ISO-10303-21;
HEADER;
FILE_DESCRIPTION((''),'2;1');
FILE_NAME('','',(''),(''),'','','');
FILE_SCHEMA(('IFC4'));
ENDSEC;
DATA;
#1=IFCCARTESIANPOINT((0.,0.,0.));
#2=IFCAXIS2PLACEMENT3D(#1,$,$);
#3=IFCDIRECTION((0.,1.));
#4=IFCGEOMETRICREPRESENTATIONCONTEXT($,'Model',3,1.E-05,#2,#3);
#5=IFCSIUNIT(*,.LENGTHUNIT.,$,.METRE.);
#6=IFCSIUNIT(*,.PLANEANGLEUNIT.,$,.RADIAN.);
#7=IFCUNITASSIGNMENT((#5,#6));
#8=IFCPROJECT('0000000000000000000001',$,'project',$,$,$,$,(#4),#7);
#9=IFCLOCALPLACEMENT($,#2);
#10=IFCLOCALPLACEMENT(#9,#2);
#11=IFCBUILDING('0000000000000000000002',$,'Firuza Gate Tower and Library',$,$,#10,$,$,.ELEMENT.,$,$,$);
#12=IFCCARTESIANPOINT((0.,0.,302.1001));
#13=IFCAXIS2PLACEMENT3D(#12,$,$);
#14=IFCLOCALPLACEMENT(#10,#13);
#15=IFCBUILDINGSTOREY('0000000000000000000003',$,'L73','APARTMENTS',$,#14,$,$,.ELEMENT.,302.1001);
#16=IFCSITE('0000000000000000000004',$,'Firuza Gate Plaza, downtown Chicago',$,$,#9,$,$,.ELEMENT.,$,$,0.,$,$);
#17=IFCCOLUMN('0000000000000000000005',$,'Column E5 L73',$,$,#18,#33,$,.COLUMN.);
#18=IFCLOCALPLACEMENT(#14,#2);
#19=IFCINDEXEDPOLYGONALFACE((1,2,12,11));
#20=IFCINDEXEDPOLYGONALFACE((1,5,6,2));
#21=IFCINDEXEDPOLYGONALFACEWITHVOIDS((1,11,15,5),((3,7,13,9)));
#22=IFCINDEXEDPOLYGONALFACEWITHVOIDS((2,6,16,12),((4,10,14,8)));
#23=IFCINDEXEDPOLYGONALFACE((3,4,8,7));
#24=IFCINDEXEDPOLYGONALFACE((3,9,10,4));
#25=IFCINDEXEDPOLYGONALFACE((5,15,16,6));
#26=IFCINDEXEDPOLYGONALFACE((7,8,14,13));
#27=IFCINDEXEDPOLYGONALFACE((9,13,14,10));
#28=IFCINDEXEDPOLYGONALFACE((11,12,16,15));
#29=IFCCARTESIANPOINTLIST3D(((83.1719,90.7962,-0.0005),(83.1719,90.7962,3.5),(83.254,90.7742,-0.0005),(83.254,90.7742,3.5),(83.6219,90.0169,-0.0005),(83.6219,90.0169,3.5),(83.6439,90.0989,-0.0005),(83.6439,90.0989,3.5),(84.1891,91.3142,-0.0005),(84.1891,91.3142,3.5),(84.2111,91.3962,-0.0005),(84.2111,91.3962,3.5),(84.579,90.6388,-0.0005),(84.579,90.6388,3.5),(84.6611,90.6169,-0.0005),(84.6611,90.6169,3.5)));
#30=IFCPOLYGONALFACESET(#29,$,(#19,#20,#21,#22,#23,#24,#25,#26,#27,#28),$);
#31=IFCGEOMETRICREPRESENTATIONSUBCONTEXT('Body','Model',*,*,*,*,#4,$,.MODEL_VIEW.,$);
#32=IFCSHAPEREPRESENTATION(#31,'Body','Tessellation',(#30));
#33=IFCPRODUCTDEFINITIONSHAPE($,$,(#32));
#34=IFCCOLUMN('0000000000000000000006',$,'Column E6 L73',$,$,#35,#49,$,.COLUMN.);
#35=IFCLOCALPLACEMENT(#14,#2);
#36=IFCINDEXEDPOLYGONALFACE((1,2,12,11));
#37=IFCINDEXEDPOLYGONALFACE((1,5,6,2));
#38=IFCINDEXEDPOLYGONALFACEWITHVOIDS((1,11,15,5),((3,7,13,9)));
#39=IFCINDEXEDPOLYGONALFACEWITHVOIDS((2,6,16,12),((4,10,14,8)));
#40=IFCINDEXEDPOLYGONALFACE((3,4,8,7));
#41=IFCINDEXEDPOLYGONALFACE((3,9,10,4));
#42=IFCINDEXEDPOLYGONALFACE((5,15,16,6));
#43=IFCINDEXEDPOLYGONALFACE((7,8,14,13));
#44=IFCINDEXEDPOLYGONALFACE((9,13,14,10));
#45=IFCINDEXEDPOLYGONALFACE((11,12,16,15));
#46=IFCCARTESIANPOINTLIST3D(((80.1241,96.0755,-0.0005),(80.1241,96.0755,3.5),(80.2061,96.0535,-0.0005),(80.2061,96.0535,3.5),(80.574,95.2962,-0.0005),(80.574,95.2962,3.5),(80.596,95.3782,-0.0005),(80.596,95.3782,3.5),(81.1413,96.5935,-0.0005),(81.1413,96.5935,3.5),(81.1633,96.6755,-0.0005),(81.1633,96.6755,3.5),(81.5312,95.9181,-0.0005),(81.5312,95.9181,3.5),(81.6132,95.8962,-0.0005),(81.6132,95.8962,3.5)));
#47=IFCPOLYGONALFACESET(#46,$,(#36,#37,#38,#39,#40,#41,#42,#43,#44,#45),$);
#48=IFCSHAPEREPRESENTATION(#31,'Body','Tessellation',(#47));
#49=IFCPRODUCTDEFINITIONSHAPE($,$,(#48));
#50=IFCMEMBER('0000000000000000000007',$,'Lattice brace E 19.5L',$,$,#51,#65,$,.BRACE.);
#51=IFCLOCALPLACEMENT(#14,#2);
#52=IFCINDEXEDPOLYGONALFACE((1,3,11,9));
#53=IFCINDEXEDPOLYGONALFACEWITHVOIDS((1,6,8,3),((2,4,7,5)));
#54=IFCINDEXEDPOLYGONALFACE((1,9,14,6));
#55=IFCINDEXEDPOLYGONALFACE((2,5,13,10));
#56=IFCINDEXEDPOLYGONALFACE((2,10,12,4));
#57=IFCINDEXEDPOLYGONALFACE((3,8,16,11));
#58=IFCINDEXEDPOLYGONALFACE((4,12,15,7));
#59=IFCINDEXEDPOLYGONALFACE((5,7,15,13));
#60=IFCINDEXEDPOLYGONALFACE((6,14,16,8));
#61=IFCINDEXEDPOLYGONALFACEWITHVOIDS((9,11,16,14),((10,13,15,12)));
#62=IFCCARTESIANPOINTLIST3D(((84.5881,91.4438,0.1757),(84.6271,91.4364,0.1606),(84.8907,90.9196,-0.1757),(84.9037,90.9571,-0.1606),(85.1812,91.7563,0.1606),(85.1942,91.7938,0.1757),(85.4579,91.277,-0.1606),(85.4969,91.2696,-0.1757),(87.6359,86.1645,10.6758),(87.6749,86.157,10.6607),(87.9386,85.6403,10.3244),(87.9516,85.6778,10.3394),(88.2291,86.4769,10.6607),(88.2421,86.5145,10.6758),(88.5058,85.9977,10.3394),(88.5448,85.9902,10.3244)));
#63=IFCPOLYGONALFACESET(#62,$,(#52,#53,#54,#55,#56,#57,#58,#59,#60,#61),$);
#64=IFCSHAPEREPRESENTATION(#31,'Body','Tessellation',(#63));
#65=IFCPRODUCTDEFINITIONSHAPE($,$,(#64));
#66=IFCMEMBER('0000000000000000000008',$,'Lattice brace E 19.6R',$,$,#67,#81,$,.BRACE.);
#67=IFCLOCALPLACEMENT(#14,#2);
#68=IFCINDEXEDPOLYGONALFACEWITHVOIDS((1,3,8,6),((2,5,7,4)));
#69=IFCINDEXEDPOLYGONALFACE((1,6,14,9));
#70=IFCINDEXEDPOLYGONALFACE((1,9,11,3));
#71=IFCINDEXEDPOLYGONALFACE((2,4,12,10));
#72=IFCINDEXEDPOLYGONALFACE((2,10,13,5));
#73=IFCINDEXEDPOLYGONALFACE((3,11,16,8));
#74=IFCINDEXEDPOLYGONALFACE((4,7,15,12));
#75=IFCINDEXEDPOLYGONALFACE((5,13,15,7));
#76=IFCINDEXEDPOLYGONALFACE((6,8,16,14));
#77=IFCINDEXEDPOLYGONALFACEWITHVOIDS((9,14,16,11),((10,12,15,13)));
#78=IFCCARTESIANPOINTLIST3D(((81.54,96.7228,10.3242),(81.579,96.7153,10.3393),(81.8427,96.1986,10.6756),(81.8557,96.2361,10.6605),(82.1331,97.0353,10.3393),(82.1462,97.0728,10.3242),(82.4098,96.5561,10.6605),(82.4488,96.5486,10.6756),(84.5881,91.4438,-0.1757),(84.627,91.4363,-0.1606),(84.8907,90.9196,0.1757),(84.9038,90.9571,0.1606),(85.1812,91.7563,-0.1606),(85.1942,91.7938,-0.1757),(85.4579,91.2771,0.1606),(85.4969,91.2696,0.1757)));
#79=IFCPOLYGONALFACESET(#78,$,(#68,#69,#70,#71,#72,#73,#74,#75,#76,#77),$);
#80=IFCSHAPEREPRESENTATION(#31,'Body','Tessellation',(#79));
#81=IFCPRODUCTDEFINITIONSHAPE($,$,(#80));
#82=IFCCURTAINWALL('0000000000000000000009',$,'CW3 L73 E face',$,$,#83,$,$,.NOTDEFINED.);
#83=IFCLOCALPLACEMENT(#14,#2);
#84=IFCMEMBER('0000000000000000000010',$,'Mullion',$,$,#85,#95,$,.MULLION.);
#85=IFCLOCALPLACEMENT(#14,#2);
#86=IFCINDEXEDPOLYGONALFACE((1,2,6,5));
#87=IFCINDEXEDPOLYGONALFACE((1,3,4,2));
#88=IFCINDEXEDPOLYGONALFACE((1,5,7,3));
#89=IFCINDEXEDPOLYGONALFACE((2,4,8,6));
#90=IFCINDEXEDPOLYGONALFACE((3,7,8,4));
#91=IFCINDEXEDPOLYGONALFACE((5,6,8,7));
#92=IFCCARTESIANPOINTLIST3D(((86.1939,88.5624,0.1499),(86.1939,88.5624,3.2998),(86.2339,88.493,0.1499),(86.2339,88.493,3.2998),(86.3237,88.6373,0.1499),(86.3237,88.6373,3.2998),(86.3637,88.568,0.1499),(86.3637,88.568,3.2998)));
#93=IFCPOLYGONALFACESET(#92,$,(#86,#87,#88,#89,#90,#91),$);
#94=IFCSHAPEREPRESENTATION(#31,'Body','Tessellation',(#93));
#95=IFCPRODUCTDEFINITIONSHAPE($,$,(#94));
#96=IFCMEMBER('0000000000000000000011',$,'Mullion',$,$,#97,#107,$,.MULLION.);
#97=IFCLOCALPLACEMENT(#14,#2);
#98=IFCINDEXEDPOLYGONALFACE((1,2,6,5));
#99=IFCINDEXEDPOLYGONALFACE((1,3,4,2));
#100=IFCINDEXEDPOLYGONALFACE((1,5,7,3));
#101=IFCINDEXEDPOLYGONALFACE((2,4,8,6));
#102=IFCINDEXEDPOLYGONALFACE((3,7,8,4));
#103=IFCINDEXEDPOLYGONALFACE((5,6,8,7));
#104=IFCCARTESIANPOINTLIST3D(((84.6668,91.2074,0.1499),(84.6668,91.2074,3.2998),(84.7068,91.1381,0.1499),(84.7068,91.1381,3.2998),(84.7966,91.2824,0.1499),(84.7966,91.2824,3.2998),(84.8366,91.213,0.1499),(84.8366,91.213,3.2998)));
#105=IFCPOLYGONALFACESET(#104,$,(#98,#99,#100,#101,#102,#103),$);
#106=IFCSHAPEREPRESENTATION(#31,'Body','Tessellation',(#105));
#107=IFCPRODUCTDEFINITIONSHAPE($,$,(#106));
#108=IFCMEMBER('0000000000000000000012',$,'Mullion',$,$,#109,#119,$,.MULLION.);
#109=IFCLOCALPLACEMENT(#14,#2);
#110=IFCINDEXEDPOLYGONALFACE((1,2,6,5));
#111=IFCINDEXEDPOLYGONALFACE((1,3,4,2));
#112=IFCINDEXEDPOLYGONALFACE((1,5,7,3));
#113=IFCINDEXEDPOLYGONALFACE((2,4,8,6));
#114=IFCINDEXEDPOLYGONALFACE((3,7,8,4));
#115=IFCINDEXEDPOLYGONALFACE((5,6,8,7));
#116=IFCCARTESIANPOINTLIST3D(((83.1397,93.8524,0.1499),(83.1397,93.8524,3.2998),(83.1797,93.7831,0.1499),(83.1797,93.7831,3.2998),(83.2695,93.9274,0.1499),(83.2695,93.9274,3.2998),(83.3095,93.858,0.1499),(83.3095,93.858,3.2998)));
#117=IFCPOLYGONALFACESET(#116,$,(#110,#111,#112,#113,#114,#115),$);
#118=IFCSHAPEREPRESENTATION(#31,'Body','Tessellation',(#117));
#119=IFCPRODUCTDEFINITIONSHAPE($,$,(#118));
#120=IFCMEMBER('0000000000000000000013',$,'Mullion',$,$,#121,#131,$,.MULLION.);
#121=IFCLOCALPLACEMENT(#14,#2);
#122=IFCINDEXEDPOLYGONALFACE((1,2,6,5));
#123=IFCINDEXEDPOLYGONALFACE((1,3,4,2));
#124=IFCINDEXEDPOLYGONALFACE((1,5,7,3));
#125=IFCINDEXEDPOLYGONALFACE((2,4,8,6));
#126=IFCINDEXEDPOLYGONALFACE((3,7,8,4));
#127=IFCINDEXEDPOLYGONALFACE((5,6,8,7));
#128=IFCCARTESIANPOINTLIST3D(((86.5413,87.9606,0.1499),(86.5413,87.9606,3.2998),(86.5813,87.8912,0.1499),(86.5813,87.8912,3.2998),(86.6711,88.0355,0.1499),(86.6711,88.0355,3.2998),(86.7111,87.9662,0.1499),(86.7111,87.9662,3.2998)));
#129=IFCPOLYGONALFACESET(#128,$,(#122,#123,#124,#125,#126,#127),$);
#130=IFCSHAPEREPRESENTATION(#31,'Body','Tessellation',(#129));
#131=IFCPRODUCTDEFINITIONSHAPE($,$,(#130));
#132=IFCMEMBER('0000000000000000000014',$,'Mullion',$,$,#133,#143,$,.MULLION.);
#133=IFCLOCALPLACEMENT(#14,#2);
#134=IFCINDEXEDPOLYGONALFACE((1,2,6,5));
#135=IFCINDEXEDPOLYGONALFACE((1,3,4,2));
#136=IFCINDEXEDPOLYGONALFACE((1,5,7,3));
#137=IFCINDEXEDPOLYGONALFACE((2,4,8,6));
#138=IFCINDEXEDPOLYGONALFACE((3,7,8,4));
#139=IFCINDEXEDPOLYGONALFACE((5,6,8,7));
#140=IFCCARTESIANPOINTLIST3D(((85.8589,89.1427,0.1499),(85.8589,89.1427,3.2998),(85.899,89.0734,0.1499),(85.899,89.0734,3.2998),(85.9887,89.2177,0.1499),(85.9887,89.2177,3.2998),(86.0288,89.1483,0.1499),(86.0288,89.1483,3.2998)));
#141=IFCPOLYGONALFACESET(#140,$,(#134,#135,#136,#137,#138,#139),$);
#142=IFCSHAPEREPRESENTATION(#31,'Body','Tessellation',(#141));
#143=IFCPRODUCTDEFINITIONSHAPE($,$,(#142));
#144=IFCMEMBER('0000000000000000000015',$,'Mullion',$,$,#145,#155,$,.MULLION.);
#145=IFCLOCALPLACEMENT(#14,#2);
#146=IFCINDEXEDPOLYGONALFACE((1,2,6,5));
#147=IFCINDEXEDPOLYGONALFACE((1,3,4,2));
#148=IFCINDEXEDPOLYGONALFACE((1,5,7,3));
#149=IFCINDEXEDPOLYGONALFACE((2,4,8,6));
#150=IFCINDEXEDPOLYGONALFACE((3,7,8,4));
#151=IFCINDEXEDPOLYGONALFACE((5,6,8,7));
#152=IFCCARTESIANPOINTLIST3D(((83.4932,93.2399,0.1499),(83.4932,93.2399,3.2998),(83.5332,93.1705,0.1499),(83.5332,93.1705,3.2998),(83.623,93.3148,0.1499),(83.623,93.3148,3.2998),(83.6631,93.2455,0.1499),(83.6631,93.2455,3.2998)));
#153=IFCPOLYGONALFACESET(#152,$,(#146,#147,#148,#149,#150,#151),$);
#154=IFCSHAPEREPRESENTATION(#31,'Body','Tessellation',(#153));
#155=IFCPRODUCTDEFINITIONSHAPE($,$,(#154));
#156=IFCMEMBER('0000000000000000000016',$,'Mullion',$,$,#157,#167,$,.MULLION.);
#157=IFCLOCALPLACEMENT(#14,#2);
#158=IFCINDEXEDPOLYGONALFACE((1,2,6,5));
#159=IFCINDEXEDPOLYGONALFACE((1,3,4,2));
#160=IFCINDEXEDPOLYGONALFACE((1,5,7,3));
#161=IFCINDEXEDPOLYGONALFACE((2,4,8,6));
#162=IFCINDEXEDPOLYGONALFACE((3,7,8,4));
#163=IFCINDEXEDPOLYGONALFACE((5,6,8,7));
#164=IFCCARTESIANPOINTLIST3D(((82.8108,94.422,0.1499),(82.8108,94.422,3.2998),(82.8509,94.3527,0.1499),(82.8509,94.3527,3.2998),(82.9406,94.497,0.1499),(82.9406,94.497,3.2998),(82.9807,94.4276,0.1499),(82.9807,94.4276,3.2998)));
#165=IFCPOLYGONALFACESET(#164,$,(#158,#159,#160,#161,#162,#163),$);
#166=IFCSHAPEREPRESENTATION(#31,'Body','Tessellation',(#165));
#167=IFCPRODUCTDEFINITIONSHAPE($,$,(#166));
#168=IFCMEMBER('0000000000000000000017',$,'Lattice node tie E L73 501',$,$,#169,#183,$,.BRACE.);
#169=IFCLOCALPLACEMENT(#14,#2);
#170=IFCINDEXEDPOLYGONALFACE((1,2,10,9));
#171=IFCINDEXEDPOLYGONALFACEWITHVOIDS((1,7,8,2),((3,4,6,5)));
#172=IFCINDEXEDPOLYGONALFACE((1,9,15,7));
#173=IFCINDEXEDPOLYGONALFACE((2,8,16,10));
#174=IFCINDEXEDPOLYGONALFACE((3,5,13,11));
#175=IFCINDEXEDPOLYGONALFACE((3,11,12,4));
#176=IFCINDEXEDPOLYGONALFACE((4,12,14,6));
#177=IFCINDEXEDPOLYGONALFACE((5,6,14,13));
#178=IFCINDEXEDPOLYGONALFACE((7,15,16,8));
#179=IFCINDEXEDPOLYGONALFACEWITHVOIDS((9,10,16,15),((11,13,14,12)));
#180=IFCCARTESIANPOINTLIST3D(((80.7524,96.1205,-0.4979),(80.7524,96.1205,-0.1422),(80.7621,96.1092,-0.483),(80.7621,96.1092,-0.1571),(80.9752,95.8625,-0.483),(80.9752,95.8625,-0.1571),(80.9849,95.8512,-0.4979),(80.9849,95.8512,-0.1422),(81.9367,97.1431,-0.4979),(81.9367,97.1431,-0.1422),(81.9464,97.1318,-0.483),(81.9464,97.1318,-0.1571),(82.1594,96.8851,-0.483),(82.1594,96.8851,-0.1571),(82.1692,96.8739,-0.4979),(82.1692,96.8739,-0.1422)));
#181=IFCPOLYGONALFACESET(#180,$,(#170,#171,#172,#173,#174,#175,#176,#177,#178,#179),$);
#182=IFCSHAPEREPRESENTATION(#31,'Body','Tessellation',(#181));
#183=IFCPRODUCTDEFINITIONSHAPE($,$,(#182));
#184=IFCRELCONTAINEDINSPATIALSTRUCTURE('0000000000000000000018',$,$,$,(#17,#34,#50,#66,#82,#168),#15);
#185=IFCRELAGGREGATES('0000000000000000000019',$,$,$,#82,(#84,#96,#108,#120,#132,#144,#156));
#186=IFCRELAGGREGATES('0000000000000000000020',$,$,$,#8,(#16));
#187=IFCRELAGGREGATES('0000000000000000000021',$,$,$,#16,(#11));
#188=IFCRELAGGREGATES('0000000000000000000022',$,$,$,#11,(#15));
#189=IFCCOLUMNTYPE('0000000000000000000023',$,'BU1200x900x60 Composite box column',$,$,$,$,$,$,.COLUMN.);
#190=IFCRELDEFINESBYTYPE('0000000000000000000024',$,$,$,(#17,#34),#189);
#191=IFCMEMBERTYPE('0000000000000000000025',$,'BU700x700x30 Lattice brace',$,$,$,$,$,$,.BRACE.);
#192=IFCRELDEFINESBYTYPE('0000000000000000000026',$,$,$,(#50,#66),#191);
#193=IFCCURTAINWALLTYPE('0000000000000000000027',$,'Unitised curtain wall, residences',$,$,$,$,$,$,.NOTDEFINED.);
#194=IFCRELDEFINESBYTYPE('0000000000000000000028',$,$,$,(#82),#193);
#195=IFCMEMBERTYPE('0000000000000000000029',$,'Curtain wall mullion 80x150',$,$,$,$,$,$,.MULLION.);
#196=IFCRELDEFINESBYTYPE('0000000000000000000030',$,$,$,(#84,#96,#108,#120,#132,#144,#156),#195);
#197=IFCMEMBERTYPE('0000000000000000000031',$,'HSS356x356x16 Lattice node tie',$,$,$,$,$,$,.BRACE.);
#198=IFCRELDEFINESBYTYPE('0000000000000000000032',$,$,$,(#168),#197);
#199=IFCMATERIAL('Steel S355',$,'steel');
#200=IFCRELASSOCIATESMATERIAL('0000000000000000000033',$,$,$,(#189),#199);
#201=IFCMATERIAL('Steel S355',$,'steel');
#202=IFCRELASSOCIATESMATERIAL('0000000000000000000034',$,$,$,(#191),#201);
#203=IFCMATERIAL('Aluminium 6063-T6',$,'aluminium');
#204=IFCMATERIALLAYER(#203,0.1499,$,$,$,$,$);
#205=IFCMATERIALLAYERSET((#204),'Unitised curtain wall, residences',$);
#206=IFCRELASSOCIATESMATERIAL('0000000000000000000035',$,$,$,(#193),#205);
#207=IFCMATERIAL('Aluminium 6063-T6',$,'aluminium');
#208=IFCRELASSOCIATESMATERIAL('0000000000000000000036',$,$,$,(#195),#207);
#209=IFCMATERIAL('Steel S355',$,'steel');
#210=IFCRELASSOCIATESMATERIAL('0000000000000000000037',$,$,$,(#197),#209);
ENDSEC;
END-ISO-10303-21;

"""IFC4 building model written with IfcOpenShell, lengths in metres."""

from ifc_helpers import new_model, si_unit, direction, frame, origin, origin_2d, place, context, subcontext, project, spatial, rectangle, hollow_rectangle, extrude, material, layer, layer_set, material_profile, profile_set, type_object, element, aggregate, save


model = new_model("IFC4")

# Units and contexts
model_context = context("Model", 3, precision=1e-05, world=origin(), true_north=direction((0.0, 1.0)))
body_context = subcontext(model_context, "Body", "Model", "MODEL_VIEW")
ifc_project = project(units=[si_unit("LENGTHUNIT", "METRE"), si_unit("PLANEANGLEUNIT", "RADIAN")], contexts=[model_context])

# Site, building, storey
site_placement = place(None, origin())
site = spatial("IfcSite", under=ifc_project, at=site_placement, Name="Firuza Gate Plaza, downtown Chicago", CompositionType="ELEMENT", RefElevation=0.0)
building_placement = place(site_placement, origin())
building = spatial("IfcBuilding", under=site, at=building_placement, Name="Firuza Gate Tower and Library", CompositionType="ELEMENT")
storey_placement = place(building_placement, frame((0.0, 0.0, 302.1001)))
storey = spatial("IfcBuildingStorey", under=building, at=storey_placement, Name="L73", Description="APARTMENTS", CompositionType="ELEMENT", Elevation=302.1001)

# Columns
ifc_material_1 = material(Name="Steel S355", Category="steel")
ifc_material_profile_1 = material_profile(ifc_material_1, hollow_rectangle(XDim=0.8999, YDim=1.2, WallThickness=0.0601, at=origin_2d()))
ifc_profile_set_1 = profile_set([ifc_material_profile_1], Name="Steel S355")
column_type = type_object("IfcColumnType", Name="BU1200x900x60 Composite box column", PredefinedType="COLUMN", material=ifc_profile_set_1)
for number, where, z_axis, x_axis, name in (
    (1, (83.9165, 90.7065, -0.0005), (0.0, 0.0, 1.0), (-0.5, 0.866025, 0.0), "Column E5 L73"),
    (2, (80.8687, 95.9858, -0.0005), (0.0, 0.0, 1.0), (-0.5, 0.866025, 0.0), "Column E6 L73"),
):
    element("IfcColumn", number, at=place(storey_placement, frame(where, z_axis=z_axis, x_axis=x_axis)), inside=storey, type_object=column_type, Name=name, PredefinedType="COLUMN", context=body_context, shape_type="SweptSolid", body=[
        extrude(hollow_rectangle(XDim=0.8999, YDim=1.2, WallThickness=0.0601, at=origin_2d()), origin(), (0.0, 0.0, 1.0), 3.5005),
    ])

# Members
ifc_material_2 = material(Name="Steel S355", Category="steel")
ifc_material_profile_2 = material_profile(ifc_material_2, hollow_rectangle(XDim=0.7, YDim=0.7, WallThickness=0.03, at=origin_2d()))
ifc_profile_set_2 = profile_set([ifc_material_profile_2], Name="Steel S355")
member_type_1 = type_object("IfcMemberType", Name="BU700x700x30 Lattice brace", PredefinedType="BRACE", material=ifc_profile_set_2)
member_1_placement = place(storey_placement, frame((85.0425, 91.3567, 0.0), z_axis=(0.251032, -0.434823, 0.864819), x_axis=(0.866036, 0.499981, 0.0)))
element("IfcMember", 3, at=member_1_placement, inside=storey, type_object=member_type_1, Name="Lattice brace E 19.5L", PredefinedType="BRACE", context=body_context, shape_type="SweptSolid", body=[
    extrude(hollow_rectangle(XDim=0.7, YDim=0.7, WallThickness=0.03, at=origin_2d()), origin(), (0.0, 0.0, 1.0), 12.1414),
])
member_2_placement = place(storey_placement, frame((85.0425, 91.3567, 0.0), z_axis=(-0.251053, 0.434804, 0.864822), x_axis=(-0.866009, -0.500029, 0.0)))
element("IfcMember", 4, at=member_2_placement, inside=storey, type_object=member_type_1, Name="Lattice brace E 19.6R", PredefinedType="BRACE", context=body_context, shape_type="SweptSolid", body=[
    extrude(hollow_rectangle(XDim=0.7, YDim=0.7, WallThickness=0.03, at=origin_2d()), origin(), (0.0, 0.0, 1.0), 12.1411),
])

# Curtain wall, members
ifc_material_3 = material(Name="Aluminium 6063-T6", Category="aluminium")
ifc_layer_1 = layer(ifc_material_3, 0.1499)
ifc_layer_set_1 = layer_set([ifc_layer_1], Name="Unitised curtain wall, residences")
curtain_wall_type = type_object("IfcCurtainWallType", Name="Unitised curtain wall, residences", PredefinedType="NOTDEFINED", material=ifc_layer_set_1)
placement = place(storey_placement, origin())
curtain_wall = element("IfcCurtainWall", 5, at=placement, inside=storey, type_object=curtain_wall_type, Name="CW3 L73 E face", PredefinedType="NOTDEFINED")
ifc_material_4 = material(Name="Aluminium 6063-T6", Category="aluminium")
ifc_material_profile_3 = material_profile(ifc_material_4, rectangle(XDim=0.1499, YDim=0.0801, at=origin_2d()))
ifc_profile_set_3 = profile_set([ifc_material_profile_3], Name="Aluminium 6063-T6")
member_type_2 = type_object("IfcMemberType", Name="Curtain wall mullion 80x150", PredefinedType="MULLION", material=ifc_profile_set_3)
member_3_placement = place(storey_placement, frame((86.2788, 88.5652, 0.1499), z_axis=(0.0, 0.0, 1.0), x_axis=(-0.866025, -0.5, 0.0)))
member_3 = element("IfcMember", 6, at=member_3_placement, type_object=member_type_2, Name="Mullion", PredefinedType="MULLION", context=body_context, shape_type="SweptSolid", body=[
    extrude(rectangle(XDim=0.1499, YDim=0.0801, at=origin_2d()), origin(), (0.0, 0.0, 1.0), 3.1499),
])
member_4_placement = place(storey_placement, frame((84.7517, 91.2102, 0.1499), z_axis=(0.0, 0.0, 1.0), x_axis=(-0.866025, -0.5, 0.0)))
member_4 = element("IfcMember", 7, at=member_4_placement, type_object=member_type_2, Name="Mullion", PredefinedType="MULLION", context=body_context, shape_type="SweptSolid", body=[
    extrude(rectangle(XDim=0.1499, YDim=0.0801, at=origin_2d()), origin(), (0.0, 0.0, 1.0), 3.1499),
])
member_5_placement = place(storey_placement, frame((83.2246, 93.8552, 0.1499), z_axis=(0.0, 0.0, 1.0), x_axis=(-0.866025, -0.5, 0.0)))
member_5 = element("IfcMember", 8, at=member_5_placement, type_object=member_type_2, Name="Mullion", PredefinedType="MULLION", context=body_context, shape_type="SweptSolid", body=[
    extrude(rectangle(XDim=0.1499, YDim=0.0801, at=origin_2d()), origin(), (0.0, 0.0, 1.0), 3.1499),
])
member_6_placement = place(storey_placement, frame((86.6262, 87.9634, 0.1499), z_axis=(0.0, 0.0, 1.0), x_axis=(-0.866025, -0.5, 0.0)))
member_6 = element("IfcMember", 9, at=member_6_placement, type_object=member_type_2, Name="Mullion", PredefinedType="MULLION", context=body_context, shape_type="SweptSolid", body=[
    extrude(rectangle(XDim=0.1499, YDim=0.0801, at=origin_2d()), origin(), (0.0, 0.0, 1.0), 3.1499),
])
member_7_placement = place(storey_placement, frame((85.9438, 89.1455, 0.1499), z_axis=(0.0, 0.0, 1.0), x_axis=(-0.866025, -0.5, 0.0)))
member_7 = element("IfcMember", 10, at=member_7_placement, type_object=member_type_2, Name="Mullion", PredefinedType="MULLION", context=body_context, shape_type="SweptSolid", body=[
    extrude(rectangle(XDim=0.1499, YDim=0.0801, at=origin_2d()), origin(), (0.0, 0.0, 1.0), 3.1499),
])
member_8_placement = place(storey_placement, frame((83.5781, 93.2427, 0.1499), z_axis=(0.0, 0.0, 1.0), x_axis=(-0.866025, -0.5, 0.0)))
member_8 = element("IfcMember", 11, at=member_8_placement, type_object=member_type_2, Name="Mullion", PredefinedType="MULLION", context=body_context, shape_type="SweptSolid", body=[
    extrude(rectangle(XDim=0.1499, YDim=0.0801, at=origin_2d()), origin(), (0.0, 0.0, 1.0), 3.1499),
])
member_9_placement = place(storey_placement, frame((82.8958, 94.4248, 0.1499), z_axis=(0.0, 0.0, 1.0), x_axis=(-0.866025, -0.5, 0.0)))
member_9 = element("IfcMember", 12, at=member_9_placement, type_object=member_type_2, Name="Mullion", PredefinedType="MULLION", context=body_context, shape_type="SweptSolid", body=[
    extrude(rectangle(XDim=0.1499, YDim=0.0801, at=origin_2d()), origin(), (0.0, 0.0, 1.0), 3.1499),
])

# Member
ifc_material_5 = material(Name="Steel S355", Category="steel")
ifc_material_profile_4 = material_profile(ifc_material_5, hollow_rectangle(XDim=0.3557, YDim=0.3557, WallThickness=0.0149, at=origin_2d()))
ifc_profile_set_4 = profile_set([ifc_material_profile_4], Name="Steel S355")
member_type_3 = type_object("IfcMemberType", Name="HSS356x356x16 Lattice node tie", PredefinedType="BRACE", material=ifc_profile_set_4)
member_10_placement = place(storey_placement, frame((80.8687, 95.9858, -0.3201), z_axis=(0.756862, 0.653575, 0.0), x_axis=(-0.653575, 0.756862, 0.0)))
element("IfcMember", 13, at=member_10_placement, inside=storey, type_object=member_type_3, Name="Lattice node tie E L73 501", PredefinedType="BRACE", context=body_context, shape_type="SweptSolid", body=[
    extrude(hollow_rectangle(XDim=0.3557, YDim=0.3557, WallThickness=0.0149, at=origin_2d()), origin(), (0.0, 0.0, 1.0), 1.5647),
])

aggregate(curtain_wall, [member_3, member_4, member_5, member_6, member_7, member_8, member_9])

save(model, "model.ifc")
